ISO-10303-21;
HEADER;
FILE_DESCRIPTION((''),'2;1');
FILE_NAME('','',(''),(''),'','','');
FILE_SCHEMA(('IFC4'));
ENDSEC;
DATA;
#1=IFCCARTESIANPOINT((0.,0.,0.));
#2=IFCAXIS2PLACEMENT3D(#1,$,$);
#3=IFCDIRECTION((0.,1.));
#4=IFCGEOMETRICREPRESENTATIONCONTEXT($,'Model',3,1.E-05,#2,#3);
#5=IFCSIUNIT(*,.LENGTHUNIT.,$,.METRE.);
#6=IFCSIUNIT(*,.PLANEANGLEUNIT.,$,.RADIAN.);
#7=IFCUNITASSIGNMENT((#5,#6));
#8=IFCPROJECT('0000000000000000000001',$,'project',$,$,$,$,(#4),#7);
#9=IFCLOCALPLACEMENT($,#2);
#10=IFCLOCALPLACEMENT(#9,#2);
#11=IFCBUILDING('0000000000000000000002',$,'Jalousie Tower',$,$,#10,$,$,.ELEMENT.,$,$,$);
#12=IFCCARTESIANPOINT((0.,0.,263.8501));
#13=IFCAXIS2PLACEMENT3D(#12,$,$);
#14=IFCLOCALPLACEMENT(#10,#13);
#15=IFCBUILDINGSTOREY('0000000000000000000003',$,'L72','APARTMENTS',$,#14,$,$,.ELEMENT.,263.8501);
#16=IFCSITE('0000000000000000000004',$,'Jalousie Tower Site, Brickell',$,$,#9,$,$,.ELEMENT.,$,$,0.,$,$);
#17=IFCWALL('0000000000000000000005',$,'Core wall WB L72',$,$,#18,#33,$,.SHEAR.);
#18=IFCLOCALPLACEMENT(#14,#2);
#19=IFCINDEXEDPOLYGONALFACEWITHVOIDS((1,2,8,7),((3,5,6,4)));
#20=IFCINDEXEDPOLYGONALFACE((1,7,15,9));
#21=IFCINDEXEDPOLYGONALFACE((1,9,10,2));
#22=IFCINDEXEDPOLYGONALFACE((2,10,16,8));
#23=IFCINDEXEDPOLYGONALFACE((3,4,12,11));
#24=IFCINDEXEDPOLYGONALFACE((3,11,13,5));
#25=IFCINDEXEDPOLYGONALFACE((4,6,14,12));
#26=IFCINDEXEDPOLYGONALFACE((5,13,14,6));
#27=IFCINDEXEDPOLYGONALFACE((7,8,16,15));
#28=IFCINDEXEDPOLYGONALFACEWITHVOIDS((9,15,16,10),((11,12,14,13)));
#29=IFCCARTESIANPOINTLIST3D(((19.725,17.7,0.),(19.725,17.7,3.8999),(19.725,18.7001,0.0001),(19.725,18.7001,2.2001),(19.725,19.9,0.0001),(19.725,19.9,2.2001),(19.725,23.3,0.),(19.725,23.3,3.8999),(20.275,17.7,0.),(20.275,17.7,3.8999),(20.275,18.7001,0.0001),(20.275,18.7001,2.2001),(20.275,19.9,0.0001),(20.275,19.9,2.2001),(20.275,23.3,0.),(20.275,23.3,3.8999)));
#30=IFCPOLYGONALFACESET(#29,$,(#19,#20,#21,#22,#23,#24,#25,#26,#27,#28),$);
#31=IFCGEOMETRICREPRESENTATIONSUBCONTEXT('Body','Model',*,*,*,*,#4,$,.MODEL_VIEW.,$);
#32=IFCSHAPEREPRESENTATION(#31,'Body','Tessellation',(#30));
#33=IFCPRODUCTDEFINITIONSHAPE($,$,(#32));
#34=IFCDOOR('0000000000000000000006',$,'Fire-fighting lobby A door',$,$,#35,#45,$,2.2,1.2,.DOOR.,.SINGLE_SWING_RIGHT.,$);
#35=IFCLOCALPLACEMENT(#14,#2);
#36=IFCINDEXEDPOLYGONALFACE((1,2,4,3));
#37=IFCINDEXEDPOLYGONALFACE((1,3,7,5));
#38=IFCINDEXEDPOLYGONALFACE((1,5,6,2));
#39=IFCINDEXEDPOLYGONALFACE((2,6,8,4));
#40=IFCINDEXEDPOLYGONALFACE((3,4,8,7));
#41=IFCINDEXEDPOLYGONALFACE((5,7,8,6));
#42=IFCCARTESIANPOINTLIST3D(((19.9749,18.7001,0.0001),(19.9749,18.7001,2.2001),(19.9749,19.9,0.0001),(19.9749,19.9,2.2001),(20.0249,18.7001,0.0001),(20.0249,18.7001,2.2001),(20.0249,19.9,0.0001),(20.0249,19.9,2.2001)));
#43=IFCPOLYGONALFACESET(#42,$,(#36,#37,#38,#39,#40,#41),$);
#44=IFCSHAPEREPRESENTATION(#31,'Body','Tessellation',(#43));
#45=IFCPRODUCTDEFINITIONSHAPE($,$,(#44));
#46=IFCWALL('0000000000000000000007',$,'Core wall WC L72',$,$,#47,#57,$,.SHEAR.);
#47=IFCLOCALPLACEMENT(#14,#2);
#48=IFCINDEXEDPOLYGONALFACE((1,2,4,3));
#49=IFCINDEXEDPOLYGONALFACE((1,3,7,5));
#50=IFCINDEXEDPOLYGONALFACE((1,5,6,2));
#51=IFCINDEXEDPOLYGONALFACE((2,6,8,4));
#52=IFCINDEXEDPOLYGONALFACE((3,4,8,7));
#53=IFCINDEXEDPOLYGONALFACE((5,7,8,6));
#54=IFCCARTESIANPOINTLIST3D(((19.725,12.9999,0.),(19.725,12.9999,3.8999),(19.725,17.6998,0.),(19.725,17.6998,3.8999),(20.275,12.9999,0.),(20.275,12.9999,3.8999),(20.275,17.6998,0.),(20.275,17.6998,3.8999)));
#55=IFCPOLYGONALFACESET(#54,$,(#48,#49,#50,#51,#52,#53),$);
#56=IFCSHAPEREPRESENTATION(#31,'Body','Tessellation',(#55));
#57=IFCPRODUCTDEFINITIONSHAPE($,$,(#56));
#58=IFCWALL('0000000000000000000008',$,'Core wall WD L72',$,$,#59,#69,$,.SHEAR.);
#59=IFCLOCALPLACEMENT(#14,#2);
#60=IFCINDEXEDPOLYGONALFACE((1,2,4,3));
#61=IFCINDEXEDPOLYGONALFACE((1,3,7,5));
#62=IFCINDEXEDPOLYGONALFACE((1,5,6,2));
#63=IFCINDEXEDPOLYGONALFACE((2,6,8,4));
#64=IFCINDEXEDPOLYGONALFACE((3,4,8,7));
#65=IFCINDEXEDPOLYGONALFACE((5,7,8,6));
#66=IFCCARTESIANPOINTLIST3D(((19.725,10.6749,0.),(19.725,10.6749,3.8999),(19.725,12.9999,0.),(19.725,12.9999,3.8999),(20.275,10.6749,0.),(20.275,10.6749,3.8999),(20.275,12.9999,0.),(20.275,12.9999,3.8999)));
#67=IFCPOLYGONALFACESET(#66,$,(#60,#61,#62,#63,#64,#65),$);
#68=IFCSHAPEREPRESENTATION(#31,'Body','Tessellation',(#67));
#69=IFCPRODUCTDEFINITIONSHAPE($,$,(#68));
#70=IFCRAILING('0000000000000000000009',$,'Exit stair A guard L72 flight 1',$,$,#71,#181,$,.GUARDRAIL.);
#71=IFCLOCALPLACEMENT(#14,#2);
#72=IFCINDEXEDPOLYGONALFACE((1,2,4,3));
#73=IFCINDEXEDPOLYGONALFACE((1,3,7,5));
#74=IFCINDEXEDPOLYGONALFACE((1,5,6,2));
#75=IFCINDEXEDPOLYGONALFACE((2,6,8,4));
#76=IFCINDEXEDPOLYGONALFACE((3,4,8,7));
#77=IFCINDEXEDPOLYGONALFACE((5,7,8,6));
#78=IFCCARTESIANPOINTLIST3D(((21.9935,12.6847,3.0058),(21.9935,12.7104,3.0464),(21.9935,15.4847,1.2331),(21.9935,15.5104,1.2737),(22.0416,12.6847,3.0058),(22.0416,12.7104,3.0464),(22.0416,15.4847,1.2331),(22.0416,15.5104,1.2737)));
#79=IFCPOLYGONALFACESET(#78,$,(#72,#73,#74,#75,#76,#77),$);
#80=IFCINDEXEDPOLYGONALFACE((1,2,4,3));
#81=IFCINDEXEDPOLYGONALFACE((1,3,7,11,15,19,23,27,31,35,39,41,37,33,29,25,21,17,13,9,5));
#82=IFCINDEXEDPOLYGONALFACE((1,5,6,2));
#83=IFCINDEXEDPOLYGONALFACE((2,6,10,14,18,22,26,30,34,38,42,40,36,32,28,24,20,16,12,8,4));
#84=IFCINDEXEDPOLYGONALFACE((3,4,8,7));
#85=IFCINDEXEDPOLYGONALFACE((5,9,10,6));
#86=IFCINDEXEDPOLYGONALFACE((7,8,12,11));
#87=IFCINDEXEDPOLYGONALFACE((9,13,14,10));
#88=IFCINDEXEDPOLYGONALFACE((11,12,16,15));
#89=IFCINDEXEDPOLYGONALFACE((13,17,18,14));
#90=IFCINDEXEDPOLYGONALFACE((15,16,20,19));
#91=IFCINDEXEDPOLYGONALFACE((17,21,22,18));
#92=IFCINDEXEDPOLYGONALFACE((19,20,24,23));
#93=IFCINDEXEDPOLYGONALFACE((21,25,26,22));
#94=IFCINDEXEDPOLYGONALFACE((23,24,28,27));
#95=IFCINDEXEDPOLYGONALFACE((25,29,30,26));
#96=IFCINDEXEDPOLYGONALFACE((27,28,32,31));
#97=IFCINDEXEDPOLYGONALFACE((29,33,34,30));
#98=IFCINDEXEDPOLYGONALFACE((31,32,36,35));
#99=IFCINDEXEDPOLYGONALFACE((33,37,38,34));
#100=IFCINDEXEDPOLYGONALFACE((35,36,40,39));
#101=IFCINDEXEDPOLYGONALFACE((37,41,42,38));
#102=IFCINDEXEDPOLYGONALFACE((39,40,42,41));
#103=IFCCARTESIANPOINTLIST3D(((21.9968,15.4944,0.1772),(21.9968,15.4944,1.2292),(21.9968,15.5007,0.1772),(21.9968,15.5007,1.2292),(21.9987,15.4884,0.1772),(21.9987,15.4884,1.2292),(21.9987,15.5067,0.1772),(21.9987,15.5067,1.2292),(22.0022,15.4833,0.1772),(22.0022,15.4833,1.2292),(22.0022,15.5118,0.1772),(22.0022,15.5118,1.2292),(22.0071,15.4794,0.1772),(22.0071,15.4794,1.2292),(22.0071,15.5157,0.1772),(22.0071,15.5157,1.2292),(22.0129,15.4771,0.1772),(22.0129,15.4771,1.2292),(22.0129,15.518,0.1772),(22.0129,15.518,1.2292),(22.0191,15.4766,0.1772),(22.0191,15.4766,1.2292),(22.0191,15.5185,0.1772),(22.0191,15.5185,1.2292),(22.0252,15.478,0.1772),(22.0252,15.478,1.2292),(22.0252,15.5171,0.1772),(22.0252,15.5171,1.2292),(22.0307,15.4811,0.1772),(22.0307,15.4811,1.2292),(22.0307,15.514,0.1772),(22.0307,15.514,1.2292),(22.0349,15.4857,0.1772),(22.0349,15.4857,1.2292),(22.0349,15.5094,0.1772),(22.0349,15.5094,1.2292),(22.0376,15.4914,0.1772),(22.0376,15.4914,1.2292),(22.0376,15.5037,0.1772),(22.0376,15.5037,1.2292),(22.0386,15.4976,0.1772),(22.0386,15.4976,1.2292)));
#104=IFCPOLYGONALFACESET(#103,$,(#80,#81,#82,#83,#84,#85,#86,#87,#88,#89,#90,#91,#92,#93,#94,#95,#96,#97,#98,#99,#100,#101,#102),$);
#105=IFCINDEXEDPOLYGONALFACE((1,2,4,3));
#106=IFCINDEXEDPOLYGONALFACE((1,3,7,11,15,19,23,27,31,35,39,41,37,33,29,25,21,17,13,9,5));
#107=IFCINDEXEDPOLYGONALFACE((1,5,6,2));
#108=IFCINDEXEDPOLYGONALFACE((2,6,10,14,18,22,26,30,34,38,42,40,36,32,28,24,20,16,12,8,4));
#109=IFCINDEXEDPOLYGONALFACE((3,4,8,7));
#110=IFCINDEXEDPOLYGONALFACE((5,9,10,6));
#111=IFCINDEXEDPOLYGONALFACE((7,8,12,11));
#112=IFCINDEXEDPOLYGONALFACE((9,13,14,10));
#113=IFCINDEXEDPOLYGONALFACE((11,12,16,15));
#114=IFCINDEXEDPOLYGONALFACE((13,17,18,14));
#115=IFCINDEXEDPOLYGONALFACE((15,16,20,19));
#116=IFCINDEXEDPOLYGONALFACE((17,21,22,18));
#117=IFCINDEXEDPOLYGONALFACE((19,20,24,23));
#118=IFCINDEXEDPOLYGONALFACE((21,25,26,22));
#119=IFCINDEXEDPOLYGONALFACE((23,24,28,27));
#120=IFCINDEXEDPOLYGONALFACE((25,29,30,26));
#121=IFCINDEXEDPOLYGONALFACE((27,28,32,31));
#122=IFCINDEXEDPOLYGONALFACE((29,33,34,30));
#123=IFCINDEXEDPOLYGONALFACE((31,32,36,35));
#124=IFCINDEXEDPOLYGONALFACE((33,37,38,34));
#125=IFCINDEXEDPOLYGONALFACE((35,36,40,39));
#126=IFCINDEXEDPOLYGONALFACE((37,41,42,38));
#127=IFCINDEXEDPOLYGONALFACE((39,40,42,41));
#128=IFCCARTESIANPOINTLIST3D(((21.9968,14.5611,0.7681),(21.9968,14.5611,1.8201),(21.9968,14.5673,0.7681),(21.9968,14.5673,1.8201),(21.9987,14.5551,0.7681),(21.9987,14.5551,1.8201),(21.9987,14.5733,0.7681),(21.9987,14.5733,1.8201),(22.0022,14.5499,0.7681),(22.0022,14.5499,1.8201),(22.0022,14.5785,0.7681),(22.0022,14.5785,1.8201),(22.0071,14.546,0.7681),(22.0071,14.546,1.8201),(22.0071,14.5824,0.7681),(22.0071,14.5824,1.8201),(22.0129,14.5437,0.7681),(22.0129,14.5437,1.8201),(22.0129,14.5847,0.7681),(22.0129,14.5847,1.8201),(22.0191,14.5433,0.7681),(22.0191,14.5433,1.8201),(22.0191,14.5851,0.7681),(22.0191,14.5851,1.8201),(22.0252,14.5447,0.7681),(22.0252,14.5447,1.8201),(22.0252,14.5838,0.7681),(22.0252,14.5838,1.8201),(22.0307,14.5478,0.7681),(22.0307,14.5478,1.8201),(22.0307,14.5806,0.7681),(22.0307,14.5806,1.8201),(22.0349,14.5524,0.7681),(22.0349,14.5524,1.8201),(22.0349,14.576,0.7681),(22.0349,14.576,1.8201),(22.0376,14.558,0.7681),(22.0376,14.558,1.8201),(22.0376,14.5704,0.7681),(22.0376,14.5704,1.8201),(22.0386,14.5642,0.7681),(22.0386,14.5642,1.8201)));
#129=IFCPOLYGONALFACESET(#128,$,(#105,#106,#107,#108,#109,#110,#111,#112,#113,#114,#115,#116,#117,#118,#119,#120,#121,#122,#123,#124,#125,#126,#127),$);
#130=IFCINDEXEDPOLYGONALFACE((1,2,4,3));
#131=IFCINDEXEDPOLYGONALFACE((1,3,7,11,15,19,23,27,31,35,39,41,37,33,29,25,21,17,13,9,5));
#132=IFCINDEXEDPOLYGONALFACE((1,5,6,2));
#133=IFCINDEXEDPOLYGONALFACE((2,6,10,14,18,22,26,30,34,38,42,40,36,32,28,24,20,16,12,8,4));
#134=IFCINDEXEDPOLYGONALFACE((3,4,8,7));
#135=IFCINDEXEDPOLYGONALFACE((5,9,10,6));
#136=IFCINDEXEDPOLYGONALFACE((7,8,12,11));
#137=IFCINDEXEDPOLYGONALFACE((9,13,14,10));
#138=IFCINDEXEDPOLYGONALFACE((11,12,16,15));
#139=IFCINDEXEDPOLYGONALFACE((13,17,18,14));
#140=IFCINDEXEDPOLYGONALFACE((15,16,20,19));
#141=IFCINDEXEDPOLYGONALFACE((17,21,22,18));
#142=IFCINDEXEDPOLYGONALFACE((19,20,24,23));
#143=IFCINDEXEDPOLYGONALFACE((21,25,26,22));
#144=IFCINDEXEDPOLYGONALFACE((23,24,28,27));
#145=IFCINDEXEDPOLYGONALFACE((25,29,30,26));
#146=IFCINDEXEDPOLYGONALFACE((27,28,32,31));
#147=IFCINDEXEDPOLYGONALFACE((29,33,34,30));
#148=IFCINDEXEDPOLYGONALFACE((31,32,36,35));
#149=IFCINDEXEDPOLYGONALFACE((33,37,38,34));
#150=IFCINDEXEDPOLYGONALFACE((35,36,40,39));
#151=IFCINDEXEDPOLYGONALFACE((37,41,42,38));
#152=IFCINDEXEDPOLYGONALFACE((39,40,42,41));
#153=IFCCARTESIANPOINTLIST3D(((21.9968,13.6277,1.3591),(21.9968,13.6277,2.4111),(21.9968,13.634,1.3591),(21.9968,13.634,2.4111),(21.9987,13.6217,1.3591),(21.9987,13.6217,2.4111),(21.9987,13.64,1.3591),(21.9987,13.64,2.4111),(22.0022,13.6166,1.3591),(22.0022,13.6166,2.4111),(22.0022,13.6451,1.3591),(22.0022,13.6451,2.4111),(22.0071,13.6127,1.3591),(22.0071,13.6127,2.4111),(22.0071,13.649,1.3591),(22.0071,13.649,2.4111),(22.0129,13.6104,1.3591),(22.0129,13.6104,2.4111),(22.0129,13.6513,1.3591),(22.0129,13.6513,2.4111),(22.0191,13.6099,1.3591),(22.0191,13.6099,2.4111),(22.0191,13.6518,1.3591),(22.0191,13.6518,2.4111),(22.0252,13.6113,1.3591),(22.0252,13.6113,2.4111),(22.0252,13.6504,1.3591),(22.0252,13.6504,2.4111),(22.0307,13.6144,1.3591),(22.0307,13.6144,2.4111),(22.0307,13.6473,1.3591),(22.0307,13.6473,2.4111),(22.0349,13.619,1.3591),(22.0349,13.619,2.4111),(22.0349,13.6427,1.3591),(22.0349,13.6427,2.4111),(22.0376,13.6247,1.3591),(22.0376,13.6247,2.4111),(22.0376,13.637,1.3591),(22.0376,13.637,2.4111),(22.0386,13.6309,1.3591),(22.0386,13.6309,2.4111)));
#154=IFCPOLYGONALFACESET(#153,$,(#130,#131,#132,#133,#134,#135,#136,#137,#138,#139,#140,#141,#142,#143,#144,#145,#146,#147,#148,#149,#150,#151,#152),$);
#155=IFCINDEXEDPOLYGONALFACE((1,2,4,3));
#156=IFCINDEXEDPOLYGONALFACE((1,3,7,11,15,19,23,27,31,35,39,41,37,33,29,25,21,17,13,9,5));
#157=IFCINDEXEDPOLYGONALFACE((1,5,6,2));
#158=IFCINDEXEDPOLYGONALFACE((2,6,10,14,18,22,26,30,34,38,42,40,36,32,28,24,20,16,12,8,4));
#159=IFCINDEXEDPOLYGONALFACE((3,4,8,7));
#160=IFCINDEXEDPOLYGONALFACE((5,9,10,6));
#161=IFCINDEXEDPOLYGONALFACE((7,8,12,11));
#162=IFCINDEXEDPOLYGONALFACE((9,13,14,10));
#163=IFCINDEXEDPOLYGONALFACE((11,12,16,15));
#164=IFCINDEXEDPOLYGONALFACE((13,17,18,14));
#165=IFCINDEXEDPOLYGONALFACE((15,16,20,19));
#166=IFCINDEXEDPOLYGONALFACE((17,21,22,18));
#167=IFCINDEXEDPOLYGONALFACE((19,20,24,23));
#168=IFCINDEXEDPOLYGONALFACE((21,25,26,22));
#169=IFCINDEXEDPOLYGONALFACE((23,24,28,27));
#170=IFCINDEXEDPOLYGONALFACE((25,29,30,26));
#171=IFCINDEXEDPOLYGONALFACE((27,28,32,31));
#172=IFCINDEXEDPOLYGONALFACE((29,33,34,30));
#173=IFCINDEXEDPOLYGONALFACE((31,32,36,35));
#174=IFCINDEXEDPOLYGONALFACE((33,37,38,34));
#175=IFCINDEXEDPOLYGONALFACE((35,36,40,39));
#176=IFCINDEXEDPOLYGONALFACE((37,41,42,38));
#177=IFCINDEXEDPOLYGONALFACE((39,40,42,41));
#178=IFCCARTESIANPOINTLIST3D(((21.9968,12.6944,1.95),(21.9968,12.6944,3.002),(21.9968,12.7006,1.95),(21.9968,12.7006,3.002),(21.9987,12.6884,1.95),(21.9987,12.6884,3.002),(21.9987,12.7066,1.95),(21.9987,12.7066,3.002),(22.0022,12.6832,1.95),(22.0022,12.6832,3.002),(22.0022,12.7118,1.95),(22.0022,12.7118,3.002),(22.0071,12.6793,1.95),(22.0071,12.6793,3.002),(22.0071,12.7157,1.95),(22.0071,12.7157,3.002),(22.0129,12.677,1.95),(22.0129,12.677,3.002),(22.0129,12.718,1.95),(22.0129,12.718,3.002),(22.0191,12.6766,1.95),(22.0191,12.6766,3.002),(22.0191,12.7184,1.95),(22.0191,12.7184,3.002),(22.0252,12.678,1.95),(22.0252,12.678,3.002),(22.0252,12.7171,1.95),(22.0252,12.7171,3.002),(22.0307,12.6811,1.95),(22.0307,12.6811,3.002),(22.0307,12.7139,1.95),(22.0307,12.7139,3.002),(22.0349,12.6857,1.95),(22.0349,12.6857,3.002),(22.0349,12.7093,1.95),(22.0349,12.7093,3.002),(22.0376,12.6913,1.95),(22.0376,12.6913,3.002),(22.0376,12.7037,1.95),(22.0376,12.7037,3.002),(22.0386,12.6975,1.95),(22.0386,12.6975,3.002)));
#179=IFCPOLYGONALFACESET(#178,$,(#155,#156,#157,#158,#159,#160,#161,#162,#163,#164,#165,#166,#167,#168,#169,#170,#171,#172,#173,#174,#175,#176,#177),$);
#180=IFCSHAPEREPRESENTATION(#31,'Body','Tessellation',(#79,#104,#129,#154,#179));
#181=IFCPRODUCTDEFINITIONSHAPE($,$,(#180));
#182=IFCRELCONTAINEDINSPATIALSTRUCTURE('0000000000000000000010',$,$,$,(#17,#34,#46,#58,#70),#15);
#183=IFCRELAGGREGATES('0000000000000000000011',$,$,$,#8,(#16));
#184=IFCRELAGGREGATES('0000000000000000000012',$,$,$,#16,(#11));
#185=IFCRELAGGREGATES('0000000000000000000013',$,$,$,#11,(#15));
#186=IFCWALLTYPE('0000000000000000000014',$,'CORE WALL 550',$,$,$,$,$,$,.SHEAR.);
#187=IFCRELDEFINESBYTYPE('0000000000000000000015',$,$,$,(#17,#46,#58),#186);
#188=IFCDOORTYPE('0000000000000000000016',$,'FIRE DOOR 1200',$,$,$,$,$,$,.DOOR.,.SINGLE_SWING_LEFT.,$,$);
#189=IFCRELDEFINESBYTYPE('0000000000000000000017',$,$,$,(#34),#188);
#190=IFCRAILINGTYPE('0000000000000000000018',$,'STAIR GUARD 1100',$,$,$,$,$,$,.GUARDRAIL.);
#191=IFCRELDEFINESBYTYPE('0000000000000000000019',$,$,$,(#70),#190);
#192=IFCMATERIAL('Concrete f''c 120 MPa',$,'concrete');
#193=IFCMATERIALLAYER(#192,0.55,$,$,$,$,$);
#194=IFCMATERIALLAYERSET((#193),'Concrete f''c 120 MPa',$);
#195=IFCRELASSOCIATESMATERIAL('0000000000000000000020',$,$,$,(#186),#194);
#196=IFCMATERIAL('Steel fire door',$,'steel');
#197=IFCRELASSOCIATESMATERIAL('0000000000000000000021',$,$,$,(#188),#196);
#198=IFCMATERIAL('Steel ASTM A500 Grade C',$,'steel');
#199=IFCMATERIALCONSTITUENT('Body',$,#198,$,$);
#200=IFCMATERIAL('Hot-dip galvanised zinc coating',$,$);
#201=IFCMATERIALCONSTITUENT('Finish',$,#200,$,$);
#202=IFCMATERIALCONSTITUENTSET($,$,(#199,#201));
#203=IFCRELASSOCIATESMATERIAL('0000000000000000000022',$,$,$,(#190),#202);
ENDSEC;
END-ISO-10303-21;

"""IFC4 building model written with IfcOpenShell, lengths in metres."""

from ifc_helpers import new_model, si_unit, direction, frame, frame_2d, origin, origin_2d, place, context, subcontext, project, spatial, rectangle, circle, extrude, material, layer, layer_set, constituent, constituent_set, type_object, element, fill, save


model = new_model("IFC4")

# Units and contexts
model_context = context("Model", 3, precision=1e-05, world=origin(), true_north=direction((0.0, 1.0)))
body_context = subcontext(model_context, "Body", "Model", "MODEL_VIEW")
ifc_project = project(units=[si_unit("LENGTHUNIT", "METRE"), si_unit("PLANEANGLEUNIT", "RADIAN")], contexts=[model_context])

# Site, building, storey
site_placement = place(None, origin())
site = spatial("IfcSite", under=ifc_project, at=site_placement, Name="Jalousie Tower Site, Brickell", CompositionType="ELEMENT", RefElevation=0.0)
building_placement = place(site_placement, origin())
building = spatial("IfcBuilding", under=site, at=building_placement, Name="Jalousie Tower", CompositionType="ELEMENT")
storey_placement = place(building_placement, frame((0.0, 0.0, 263.8501)))
storey = spatial("IfcBuildingStorey", under=building, at=storey_placement, Name="L72", Description="APARTMENTS", CompositionType="ELEMENT", Elevation=263.8501)

# Shared definitions
ifc_material_1 = material(Name="Concrete f'c 120 MPa", Category="concrete")
ifc_layer_1 = layer(ifc_material_1, 0.55)
ifc_layer_set_1 = layer_set([ifc_layer_1], Name="Concrete f'c 120 MPa")
wall_type_1 = type_object("IfcWallType", Name="CORE WALL 550", PredefinedType="SHEAR", material=ifc_layer_set_1)

# Wall, opening, door
wall_1_placement = place(storey_placement, frame((20.0, 23.3, 0.0), z_axis=(0.0, 0.0, 1.0), x_axis=(0.0, -1.0, 0.0)))
wall_1 = element("IfcWall", 1, at=wall_1_placement, inside=storey, type_object=wall_type_1, Name="Core wall WB L72", PredefinedType="SHEAR", context=body_context, shape_type="SweptSolid", body=[
    extrude(rectangle(XDim=5.6001, YDim=0.55, at=frame_2d((2.8, 0.0))), origin(), (0.0, 0.0, 1.0), 3.8999),
])
opening_1_placement = place(wall_1_placement, frame((3.3999, 0.0, 0.0)))
opening_1 = element("IfcOpeningElement", 2, at=opening_1_placement, cuts=wall_1, PredefinedType="OPENING", context=body_context, shape_type="SweptSolid", body=[
    extrude(rectangle(XDim=1.2, YDim=2.2, at=frame_2d((0.6001, 1.1001))), frame((0.0, 0.2849, 0.0), z_axis=(0.0, -1.0, 0.0), x_axis=(1.0, 0.0, 0.0)), (0.0, 0.0, 1.0), 0.5701),
])
ifc_material_2 = material(Name="Steel fire door", Category="steel")
door_type_1 = type_object("IfcDoorType", Name="FIRE DOOR 1200", OperationType="SINGLE_SWING_LEFT", PredefinedType="DOOR", material=ifc_material_2)
door_1_placement = place(opening_1_placement, origin())
door_1 = element("IfcDoor", 3, at=door_1_placement, inside=storey, type_object=door_type_1, Name="Fire-fighting lobby A door", OperationType="SINGLE_SWING_RIGHT", OverallHeight=2.2, OverallWidth=1.2, PredefinedType="DOOR", context=body_context, shape_type="SweptSolid", body=[
    extrude(rectangle(XDim=1.2, YDim=2.2, at=frame_2d((0.6001, 1.1001))), frame((0.0, 0.0249, 0.0), z_axis=(0.0, -1.0, 0.0), x_axis=(1.0, 0.0, 0.0)), (0.0, 0.0, 1.0), 0.05),
])
fill(opening_1, door_1)

# Walls
wall_2_placement = place(storey_placement, frame((20.0, 17.7, 0.0), z_axis=(0.0, 0.0, 1.0), x_axis=(0.0, -1.0, 0.0)))
element("IfcWall", 4, at=wall_2_placement, inside=storey, type_object=wall_type_1, Name="Core wall WC L72", PredefinedType="SHEAR", context=body_context, shape_type="SweptSolid", body=[
    extrude(rectangle(XDim=4.7, YDim=0.55, at=frame_2d((2.3501, 0.0))), origin(), (0.0, 0.0, 1.0), 3.8999),
])
wall_3_placement = place(storey_placement, frame((20.0, 13.0, 0.0), z_axis=(0.0, 0.0, 1.0), x_axis=(0.0, -1.0, 0.0)))
element("IfcWall", 5, at=wall_3_placement, inside=storey, type_object=wall_type_1, Name="Core wall WD L72", PredefinedType="SHEAR", context=body_context, shape_type="SweptSolid", body=[
    extrude(rectangle(XDim=2.325, YDim=0.55, at=frame_2d((1.1626, 0.0))), origin(), (0.0, 0.0, 1.0), 3.8999),
])

# Railing
ifc_material_3 = material(Name="Steel ASTM A500 Grade C", Category="steel")
ifc_constituent_1 = constituent(ifc_material_3, Name="Body")
ifc_material_4 = material(Name="Hot-dip galvanised zinc coating")
ifc_constituent_2 = constituent(ifc_material_4, Name="Finish")
ifc_constituent_set = constituent_set(constituents=[ifc_constituent_1, ifc_constituent_2])
railing_type = type_object("IfcRailingType", Name="STAIR GUARD 1100", PredefinedType="GUARDRAIL", material=ifc_constituent_set)
railing_placement = place(storey_placement, frame((22.0176, 15.4976, 0.1772)))
element("IfcRailing", 6, at=railing_placement, inside=storey, type_object=railing_type, Name="Exit stair A guard L72 flight 1", PredefinedType="GUARDRAIL", context=body_context, shape_type="SweptSolid", body=[
    extrude(rectangle(XDim=0.0481, YDim=0.0481, at=origin_2d()), frame((0.0, 0.0, 1.0762), z_axis=(0.0, -0.844909, 0.53491), x_axis=(1.0, 0.0, 0.0)), (0.0, 0.0, 1.0), 3.314),
    extrude(circle(Radius=0.021, at=origin_2d()), origin(), (0.0, 0.0, 1.0), 1.052),
    extrude(circle(Radius=0.021, at=origin_2d()), frame((0.0, -0.9333, 0.5908)), (0.0, 0.0, 1.0), 1.052),
    extrude(circle(Radius=0.021, at=origin_2d()), frame((0.0, -1.8667, 1.1819)), (0.0, 0.0, 1.0), 1.052),
    extrude(circle(Radius=0.021, at=origin_2d()), frame((0.0, -2.8, 1.7727)), (0.0, 0.0, 1.0), 1.052),
])

save(model, "model.ifc")
